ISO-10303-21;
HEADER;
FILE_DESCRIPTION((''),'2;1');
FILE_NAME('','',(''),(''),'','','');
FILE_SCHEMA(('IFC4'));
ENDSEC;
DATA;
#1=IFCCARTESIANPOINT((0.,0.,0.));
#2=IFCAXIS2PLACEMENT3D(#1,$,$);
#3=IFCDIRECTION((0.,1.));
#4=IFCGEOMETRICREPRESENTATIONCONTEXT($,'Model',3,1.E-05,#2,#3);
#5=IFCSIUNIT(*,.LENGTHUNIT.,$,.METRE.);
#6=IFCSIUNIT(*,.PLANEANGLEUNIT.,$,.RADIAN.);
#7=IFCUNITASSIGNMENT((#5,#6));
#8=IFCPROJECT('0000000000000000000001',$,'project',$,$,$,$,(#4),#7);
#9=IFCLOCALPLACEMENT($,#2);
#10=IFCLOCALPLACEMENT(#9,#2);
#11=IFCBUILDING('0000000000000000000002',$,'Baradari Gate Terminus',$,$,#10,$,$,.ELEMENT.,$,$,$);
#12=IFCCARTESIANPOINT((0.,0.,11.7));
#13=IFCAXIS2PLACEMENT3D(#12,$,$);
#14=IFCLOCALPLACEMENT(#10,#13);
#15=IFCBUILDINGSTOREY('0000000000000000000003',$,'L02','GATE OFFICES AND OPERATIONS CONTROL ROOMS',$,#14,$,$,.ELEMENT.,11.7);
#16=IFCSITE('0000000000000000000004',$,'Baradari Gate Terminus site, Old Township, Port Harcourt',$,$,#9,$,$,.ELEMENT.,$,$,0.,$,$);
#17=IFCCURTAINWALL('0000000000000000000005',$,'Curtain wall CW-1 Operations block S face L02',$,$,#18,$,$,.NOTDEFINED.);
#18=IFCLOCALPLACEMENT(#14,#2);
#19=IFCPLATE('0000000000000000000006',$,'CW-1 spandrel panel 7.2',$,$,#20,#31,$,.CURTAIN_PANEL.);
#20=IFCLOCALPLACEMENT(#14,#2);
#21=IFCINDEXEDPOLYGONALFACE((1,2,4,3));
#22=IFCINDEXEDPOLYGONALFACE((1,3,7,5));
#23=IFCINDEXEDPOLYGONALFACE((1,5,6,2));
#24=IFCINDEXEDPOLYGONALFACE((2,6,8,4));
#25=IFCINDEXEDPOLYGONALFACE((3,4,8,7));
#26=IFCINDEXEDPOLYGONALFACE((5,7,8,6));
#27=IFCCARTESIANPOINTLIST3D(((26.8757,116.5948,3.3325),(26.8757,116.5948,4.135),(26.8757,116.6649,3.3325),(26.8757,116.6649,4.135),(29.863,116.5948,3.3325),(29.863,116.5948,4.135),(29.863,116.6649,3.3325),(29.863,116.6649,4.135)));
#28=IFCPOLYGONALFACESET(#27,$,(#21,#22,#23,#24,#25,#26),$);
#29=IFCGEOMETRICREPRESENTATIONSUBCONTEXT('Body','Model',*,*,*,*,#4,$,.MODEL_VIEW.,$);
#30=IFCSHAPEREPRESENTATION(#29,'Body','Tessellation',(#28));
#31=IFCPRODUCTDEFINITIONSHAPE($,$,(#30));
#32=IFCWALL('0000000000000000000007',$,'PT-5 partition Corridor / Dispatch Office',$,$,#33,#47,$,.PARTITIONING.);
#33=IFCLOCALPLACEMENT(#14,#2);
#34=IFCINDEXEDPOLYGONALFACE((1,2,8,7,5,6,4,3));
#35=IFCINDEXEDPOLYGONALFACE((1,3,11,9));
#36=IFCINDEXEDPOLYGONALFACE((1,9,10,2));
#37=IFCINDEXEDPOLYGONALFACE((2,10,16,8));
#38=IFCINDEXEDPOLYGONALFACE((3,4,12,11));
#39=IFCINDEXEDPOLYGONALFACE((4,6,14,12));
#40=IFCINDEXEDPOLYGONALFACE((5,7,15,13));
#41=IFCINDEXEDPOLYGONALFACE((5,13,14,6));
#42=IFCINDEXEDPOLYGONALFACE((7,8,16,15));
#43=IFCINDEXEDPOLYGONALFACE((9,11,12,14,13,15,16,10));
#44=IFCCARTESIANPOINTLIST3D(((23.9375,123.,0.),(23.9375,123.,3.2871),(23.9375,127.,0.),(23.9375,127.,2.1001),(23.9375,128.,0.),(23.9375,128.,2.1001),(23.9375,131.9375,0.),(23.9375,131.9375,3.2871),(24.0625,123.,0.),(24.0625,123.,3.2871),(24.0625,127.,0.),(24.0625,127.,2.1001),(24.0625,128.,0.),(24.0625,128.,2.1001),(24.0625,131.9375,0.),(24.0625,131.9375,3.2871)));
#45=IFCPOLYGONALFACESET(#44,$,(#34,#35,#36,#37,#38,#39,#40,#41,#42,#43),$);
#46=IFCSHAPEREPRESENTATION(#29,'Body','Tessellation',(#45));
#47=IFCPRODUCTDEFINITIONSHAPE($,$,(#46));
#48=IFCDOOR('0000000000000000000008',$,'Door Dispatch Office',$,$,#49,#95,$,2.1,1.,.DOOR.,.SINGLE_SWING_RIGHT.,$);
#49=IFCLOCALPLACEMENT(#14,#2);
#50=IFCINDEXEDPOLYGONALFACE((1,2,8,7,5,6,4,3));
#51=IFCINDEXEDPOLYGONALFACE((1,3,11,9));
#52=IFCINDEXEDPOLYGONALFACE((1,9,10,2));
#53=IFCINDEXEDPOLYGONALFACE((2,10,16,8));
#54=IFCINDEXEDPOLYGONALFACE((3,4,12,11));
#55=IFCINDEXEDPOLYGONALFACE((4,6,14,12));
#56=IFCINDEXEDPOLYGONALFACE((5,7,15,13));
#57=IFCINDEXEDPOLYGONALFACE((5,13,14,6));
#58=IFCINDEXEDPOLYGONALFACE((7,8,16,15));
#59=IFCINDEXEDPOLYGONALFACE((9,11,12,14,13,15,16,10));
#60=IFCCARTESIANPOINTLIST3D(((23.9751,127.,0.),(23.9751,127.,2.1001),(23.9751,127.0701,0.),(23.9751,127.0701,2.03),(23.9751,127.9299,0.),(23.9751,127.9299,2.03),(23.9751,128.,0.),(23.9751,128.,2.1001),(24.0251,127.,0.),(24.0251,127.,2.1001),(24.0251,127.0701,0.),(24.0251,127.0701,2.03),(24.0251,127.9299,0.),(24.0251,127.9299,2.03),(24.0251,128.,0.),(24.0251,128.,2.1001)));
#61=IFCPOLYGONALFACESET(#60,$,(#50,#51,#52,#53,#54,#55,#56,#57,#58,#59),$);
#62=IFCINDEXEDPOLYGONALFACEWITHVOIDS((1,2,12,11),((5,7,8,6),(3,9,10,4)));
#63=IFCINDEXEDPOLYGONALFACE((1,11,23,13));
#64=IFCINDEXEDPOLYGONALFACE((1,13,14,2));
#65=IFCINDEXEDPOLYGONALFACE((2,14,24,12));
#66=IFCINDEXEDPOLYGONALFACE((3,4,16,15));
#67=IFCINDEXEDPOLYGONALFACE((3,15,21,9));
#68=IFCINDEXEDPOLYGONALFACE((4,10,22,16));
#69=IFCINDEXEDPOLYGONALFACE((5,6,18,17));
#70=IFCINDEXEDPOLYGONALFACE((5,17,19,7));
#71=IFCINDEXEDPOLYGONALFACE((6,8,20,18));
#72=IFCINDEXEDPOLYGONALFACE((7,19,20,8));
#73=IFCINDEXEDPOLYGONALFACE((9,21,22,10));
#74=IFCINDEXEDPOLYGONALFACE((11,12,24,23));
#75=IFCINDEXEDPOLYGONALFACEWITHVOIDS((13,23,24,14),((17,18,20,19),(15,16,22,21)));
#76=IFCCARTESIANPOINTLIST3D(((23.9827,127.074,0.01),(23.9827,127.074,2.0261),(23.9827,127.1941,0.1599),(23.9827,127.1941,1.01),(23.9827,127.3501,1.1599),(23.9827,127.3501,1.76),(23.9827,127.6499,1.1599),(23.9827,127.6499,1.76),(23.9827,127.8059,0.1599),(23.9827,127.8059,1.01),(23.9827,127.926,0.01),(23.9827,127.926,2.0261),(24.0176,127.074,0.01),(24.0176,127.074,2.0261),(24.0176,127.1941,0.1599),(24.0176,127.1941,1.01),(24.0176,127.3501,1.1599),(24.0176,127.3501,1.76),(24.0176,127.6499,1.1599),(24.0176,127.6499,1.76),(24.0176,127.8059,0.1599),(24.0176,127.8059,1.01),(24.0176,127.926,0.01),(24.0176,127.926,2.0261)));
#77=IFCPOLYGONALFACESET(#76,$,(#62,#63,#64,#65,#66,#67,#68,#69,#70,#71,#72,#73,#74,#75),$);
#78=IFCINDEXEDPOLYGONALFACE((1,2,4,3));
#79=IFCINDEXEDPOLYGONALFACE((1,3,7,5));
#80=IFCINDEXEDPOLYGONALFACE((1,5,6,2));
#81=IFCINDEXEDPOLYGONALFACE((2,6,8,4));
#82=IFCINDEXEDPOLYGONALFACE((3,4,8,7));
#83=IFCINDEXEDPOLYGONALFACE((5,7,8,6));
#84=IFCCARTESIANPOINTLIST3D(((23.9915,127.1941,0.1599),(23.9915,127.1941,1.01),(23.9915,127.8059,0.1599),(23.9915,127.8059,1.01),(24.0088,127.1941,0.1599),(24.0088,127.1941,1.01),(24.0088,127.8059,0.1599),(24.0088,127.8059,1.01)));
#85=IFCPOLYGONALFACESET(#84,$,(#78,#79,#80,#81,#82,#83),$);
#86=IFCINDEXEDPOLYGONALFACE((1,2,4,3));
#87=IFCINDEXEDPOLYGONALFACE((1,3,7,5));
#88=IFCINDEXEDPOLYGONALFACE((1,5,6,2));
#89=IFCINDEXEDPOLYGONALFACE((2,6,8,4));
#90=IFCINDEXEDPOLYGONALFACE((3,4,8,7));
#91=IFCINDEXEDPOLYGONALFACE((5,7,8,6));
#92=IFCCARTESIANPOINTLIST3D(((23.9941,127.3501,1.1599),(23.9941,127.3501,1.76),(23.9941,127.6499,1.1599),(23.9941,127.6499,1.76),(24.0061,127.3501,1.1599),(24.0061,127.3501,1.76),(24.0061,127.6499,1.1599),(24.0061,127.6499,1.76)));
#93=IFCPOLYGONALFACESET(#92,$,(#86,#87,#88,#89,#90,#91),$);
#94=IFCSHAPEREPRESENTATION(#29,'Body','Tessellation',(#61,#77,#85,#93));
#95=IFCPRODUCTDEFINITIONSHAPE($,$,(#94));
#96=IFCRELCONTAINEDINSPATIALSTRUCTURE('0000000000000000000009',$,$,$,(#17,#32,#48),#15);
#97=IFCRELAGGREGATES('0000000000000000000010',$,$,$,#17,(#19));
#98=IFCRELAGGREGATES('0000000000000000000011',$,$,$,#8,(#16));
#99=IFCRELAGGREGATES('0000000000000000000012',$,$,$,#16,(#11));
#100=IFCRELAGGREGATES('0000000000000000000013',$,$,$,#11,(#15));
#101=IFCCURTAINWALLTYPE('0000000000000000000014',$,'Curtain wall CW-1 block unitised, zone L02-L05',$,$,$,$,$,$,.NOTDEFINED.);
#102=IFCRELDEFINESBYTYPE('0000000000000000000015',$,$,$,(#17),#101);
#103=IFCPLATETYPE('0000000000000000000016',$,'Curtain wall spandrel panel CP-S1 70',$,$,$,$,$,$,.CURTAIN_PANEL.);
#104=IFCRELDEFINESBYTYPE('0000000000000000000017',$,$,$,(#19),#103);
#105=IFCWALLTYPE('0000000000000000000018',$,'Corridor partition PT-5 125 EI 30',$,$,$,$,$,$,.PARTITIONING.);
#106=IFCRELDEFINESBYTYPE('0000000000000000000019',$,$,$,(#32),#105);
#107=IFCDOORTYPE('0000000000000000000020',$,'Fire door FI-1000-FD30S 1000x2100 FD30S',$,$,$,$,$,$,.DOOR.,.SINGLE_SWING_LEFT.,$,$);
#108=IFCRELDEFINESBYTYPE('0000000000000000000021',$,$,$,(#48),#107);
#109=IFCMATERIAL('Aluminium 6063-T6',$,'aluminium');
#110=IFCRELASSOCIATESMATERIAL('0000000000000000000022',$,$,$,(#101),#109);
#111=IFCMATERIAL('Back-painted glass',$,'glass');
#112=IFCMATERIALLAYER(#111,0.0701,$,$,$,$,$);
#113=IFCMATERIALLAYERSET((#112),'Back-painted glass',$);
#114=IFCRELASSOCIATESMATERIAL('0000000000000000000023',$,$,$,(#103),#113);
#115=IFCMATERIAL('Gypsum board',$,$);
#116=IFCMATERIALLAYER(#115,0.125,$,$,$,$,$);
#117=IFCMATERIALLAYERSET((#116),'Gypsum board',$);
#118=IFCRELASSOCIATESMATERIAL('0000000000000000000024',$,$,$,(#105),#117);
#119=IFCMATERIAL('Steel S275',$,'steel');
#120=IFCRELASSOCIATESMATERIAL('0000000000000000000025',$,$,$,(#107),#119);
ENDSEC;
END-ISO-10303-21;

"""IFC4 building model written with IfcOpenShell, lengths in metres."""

from ifc_helpers import new_model, si_unit, direction, frame, frame_2d, origin, origin_2d, place, context, subcontext, project, spatial, polyline, rectangle, outline, extrude, material, layer, layer_set, type_object, element, fill, aggregate, save


model = new_model("IFC4")

# Units and contexts
model_context = context("Model", 3, precision=1e-05, world=origin(), true_north=direction((0.0, 1.0)))
body_context = subcontext(model_context, "Body", "Model", "MODEL_VIEW")
ifc_project = project(units=[si_unit("LENGTHUNIT", "METRE"), si_unit("PLANEANGLEUNIT", "RADIAN")], contexts=[model_context])

# Site, building, storey
site_placement = place(None, origin())
site = spatial("IfcSite", under=ifc_project, at=site_placement, Name="Baradari Gate Terminus site, Old Township, Port Harcourt", CompositionType="ELEMENT", RefElevation=0.0)
building_placement = place(site_placement, origin())
building = spatial("IfcBuilding", under=site, at=building_placement, Name="Baradari Gate Terminus", CompositionType="ELEMENT")
storey_placement = place(building_placement, frame((0.0, 0.0, 11.7)))
storey = spatial("IfcBuildingStorey", under=building, at=storey_placement, Name="L02", Description="GATE OFFICES AND OPERATIONS CONTROL ROOMS", CompositionType="ELEMENT", Elevation=11.7)

# Curtain wall
ifc_material_1 = material(Name="Aluminium 6063-T6", Category="aluminium")
curtain_wall_type = type_object("IfcCurtainWallType", Name="Curtain wall CW-1 block unitised, zone L02-L05", PredefinedType="NOTDEFINED", material=ifc_material_1)
curtain_wall_placement = place(storey_placement, origin())
curtain_wall = element("IfcCurtainWall", 1, at=curtain_wall_placement, inside=storey, type_object=curtain_wall_type, Name="Curtain wall CW-1 Operations block S face L02", PredefinedType="NOTDEFINED")

# Plate
ifc_material_2 = material(Name="Back-painted glass", Category="glass")
ifc_layer_1 = layer(ifc_material_2, 0.0701)
ifc_layer_set_1 = layer_set([ifc_layer_1], Name="Back-painted glass")
plate_type_1 = type_object("IfcPlateType", Name="Curtain wall spandrel panel CP-S1 70", PredefinedType="CURTAIN_PANEL", material=ifc_layer_set_1)
plate_1_placement = place(storey_placement, frame((28.3694, 116.6299, 3.3325), z_axis=(0.0, 0.0, 1.0), x_axis=(1.0, 0.0, 0.0)))
plate_1 = element("IfcPlate", 2, at=plate_1_placement, type_object=plate_type_1, Name="CW-1 spandrel panel 7.2", PredefinedType="CURTAIN_PANEL", context=body_context, shape_type="SweptSolid", body=[
    extrude(rectangle(XDim=2.9873, YDim=0.0701, at=origin_2d()), origin(), (0.0, 0.0, 1.0), 0.8025),
])
aggregate(curtain_wall, [plate_1])

# Wall, opening, door
ifc_material_3 = material(Name="Gypsum board")
ifc_layer_2 = layer(ifc_material_3, 0.125)
ifc_layer_set_2 = layer_set([ifc_layer_2], Name="Gypsum board")
wall_type_1 = type_object("IfcWallType", Name="Corridor partition PT-5 125 EI 30", PredefinedType="PARTITIONING", material=ifc_layer_set_2)
wall_1_placement = place(storey_placement, frame((24.0, 123.0, 0.0), z_axis=(0.0, 0.0, 1.0), x_axis=(0.0, 1.0, 0.0)))
wall_1 = element("IfcWall", 3, at=wall_1_placement, inside=storey, type_object=wall_type_1, Name="PT-5 partition Corridor / Dispatch Office", PredefinedType="PARTITIONING", context=body_context, shape_type="SweptSolid", body=[
    extrude(rectangle(XDim=8.9375, YDim=0.125, at=frame_2d((4.4688, 0.0))), origin(), (0.0, 0.0, 1.0), 3.2871),
])
opening_1_placement = place(wall_1_placement, frame((4.0, 0.0, 0.0)))
opening_1 = element("IfcOpeningElement", 4, at=opening_1_placement, cuts=wall_1, PredefinedType="OPENING", context=body_context, shape_type="SweptSolid", body=[
    extrude(rectangle(XDim=1.0, YDim=2.1001, at=frame_2d((0.5, 1.05))), frame((0.0, 0.0725, 0.0), z_axis=(0.0, -1.0, 0.0), x_axis=(1.0, 0.0, 0.0)), (0.0, 0.0, 1.0), 0.145),
])
ifc_material_4 = material(Name="Steel S275", Category="steel")
door_type_1 = type_object("IfcDoorType", Name="Fire door FI-1000-FD30S 1000x2100 FD30S", OperationType="SINGLE_SWING_LEFT", PredefinedType="DOOR", material=ifc_material_4)
door_1_placement = place(opening_1_placement, origin())
door_1 = element("IfcDoor", 5, at=door_1_placement, inside=storey, type_object=door_type_1, Name="Door Dispatch Office", OperationType="SINGLE_SWING_RIGHT", OverallHeight=2.1, OverallWidth=1.0, PredefinedType="DOOR", context=body_context, shape_type="SweptSolid", body=[
    extrude(outline(polyline([(0.0, 0.0), (0.0701, 0.0), (0.0701, 2.03), (0.9299, 2.03), (0.9299, 0.0), (1.0, 0.0), (1.0, 2.1001), (0.0, 2.1001), (0.0, 0.0)])), frame((0.0, 0.0249, 0.0), z_axis=(0.0, -1.0, 0.0), x_axis=(1.0, 0.0, 0.0)), (0.0, 0.0, 1.0), 0.05),
    extrude(outline(polyline([(0.074, 0.01), (0.926, 0.01), (0.926, 2.0261), (0.074, 2.0261), (0.074, 0.01)]), holes=[polyline([(0.1941, 0.1599), (0.8059, 0.1599), (0.8059, 1.01), (0.1941, 1.01), (0.1941, 0.1599)]), polyline([(0.3501, 1.1599), (0.6499, 1.1599), (0.6499, 1.76), (0.3501, 1.76), (0.3501, 1.1599)])]), frame((0.0, 0.0173, 0.0), z_axis=(0.0, -1.0, 0.0), x_axis=(1.0, 0.0, 0.0)), (0.0, 0.0, 1.0), 0.0349),
    extrude(rectangle(XDim=0.6118, YDim=0.8501, at=frame_2d((0.5, 0.585))), frame((0.0, 0.0085, 0.0), z_axis=(0.0, -1.0, 0.0), x_axis=(1.0, 0.0, 0.0)), (0.0, 0.0, 1.0), 0.0173),
    extrude(rectangle(XDim=0.2998, YDim=0.6001, at=frame_2d((0.5, 1.46))), frame((0.0, 0.0059, 0.0), z_axis=(0.0, -1.0, 0.0), x_axis=(1.0, 0.0, 0.0)), (0.0, 0.0, 1.0), 0.012),
])
fill(opening_1, door_1)

save(model, "model.ifc")
